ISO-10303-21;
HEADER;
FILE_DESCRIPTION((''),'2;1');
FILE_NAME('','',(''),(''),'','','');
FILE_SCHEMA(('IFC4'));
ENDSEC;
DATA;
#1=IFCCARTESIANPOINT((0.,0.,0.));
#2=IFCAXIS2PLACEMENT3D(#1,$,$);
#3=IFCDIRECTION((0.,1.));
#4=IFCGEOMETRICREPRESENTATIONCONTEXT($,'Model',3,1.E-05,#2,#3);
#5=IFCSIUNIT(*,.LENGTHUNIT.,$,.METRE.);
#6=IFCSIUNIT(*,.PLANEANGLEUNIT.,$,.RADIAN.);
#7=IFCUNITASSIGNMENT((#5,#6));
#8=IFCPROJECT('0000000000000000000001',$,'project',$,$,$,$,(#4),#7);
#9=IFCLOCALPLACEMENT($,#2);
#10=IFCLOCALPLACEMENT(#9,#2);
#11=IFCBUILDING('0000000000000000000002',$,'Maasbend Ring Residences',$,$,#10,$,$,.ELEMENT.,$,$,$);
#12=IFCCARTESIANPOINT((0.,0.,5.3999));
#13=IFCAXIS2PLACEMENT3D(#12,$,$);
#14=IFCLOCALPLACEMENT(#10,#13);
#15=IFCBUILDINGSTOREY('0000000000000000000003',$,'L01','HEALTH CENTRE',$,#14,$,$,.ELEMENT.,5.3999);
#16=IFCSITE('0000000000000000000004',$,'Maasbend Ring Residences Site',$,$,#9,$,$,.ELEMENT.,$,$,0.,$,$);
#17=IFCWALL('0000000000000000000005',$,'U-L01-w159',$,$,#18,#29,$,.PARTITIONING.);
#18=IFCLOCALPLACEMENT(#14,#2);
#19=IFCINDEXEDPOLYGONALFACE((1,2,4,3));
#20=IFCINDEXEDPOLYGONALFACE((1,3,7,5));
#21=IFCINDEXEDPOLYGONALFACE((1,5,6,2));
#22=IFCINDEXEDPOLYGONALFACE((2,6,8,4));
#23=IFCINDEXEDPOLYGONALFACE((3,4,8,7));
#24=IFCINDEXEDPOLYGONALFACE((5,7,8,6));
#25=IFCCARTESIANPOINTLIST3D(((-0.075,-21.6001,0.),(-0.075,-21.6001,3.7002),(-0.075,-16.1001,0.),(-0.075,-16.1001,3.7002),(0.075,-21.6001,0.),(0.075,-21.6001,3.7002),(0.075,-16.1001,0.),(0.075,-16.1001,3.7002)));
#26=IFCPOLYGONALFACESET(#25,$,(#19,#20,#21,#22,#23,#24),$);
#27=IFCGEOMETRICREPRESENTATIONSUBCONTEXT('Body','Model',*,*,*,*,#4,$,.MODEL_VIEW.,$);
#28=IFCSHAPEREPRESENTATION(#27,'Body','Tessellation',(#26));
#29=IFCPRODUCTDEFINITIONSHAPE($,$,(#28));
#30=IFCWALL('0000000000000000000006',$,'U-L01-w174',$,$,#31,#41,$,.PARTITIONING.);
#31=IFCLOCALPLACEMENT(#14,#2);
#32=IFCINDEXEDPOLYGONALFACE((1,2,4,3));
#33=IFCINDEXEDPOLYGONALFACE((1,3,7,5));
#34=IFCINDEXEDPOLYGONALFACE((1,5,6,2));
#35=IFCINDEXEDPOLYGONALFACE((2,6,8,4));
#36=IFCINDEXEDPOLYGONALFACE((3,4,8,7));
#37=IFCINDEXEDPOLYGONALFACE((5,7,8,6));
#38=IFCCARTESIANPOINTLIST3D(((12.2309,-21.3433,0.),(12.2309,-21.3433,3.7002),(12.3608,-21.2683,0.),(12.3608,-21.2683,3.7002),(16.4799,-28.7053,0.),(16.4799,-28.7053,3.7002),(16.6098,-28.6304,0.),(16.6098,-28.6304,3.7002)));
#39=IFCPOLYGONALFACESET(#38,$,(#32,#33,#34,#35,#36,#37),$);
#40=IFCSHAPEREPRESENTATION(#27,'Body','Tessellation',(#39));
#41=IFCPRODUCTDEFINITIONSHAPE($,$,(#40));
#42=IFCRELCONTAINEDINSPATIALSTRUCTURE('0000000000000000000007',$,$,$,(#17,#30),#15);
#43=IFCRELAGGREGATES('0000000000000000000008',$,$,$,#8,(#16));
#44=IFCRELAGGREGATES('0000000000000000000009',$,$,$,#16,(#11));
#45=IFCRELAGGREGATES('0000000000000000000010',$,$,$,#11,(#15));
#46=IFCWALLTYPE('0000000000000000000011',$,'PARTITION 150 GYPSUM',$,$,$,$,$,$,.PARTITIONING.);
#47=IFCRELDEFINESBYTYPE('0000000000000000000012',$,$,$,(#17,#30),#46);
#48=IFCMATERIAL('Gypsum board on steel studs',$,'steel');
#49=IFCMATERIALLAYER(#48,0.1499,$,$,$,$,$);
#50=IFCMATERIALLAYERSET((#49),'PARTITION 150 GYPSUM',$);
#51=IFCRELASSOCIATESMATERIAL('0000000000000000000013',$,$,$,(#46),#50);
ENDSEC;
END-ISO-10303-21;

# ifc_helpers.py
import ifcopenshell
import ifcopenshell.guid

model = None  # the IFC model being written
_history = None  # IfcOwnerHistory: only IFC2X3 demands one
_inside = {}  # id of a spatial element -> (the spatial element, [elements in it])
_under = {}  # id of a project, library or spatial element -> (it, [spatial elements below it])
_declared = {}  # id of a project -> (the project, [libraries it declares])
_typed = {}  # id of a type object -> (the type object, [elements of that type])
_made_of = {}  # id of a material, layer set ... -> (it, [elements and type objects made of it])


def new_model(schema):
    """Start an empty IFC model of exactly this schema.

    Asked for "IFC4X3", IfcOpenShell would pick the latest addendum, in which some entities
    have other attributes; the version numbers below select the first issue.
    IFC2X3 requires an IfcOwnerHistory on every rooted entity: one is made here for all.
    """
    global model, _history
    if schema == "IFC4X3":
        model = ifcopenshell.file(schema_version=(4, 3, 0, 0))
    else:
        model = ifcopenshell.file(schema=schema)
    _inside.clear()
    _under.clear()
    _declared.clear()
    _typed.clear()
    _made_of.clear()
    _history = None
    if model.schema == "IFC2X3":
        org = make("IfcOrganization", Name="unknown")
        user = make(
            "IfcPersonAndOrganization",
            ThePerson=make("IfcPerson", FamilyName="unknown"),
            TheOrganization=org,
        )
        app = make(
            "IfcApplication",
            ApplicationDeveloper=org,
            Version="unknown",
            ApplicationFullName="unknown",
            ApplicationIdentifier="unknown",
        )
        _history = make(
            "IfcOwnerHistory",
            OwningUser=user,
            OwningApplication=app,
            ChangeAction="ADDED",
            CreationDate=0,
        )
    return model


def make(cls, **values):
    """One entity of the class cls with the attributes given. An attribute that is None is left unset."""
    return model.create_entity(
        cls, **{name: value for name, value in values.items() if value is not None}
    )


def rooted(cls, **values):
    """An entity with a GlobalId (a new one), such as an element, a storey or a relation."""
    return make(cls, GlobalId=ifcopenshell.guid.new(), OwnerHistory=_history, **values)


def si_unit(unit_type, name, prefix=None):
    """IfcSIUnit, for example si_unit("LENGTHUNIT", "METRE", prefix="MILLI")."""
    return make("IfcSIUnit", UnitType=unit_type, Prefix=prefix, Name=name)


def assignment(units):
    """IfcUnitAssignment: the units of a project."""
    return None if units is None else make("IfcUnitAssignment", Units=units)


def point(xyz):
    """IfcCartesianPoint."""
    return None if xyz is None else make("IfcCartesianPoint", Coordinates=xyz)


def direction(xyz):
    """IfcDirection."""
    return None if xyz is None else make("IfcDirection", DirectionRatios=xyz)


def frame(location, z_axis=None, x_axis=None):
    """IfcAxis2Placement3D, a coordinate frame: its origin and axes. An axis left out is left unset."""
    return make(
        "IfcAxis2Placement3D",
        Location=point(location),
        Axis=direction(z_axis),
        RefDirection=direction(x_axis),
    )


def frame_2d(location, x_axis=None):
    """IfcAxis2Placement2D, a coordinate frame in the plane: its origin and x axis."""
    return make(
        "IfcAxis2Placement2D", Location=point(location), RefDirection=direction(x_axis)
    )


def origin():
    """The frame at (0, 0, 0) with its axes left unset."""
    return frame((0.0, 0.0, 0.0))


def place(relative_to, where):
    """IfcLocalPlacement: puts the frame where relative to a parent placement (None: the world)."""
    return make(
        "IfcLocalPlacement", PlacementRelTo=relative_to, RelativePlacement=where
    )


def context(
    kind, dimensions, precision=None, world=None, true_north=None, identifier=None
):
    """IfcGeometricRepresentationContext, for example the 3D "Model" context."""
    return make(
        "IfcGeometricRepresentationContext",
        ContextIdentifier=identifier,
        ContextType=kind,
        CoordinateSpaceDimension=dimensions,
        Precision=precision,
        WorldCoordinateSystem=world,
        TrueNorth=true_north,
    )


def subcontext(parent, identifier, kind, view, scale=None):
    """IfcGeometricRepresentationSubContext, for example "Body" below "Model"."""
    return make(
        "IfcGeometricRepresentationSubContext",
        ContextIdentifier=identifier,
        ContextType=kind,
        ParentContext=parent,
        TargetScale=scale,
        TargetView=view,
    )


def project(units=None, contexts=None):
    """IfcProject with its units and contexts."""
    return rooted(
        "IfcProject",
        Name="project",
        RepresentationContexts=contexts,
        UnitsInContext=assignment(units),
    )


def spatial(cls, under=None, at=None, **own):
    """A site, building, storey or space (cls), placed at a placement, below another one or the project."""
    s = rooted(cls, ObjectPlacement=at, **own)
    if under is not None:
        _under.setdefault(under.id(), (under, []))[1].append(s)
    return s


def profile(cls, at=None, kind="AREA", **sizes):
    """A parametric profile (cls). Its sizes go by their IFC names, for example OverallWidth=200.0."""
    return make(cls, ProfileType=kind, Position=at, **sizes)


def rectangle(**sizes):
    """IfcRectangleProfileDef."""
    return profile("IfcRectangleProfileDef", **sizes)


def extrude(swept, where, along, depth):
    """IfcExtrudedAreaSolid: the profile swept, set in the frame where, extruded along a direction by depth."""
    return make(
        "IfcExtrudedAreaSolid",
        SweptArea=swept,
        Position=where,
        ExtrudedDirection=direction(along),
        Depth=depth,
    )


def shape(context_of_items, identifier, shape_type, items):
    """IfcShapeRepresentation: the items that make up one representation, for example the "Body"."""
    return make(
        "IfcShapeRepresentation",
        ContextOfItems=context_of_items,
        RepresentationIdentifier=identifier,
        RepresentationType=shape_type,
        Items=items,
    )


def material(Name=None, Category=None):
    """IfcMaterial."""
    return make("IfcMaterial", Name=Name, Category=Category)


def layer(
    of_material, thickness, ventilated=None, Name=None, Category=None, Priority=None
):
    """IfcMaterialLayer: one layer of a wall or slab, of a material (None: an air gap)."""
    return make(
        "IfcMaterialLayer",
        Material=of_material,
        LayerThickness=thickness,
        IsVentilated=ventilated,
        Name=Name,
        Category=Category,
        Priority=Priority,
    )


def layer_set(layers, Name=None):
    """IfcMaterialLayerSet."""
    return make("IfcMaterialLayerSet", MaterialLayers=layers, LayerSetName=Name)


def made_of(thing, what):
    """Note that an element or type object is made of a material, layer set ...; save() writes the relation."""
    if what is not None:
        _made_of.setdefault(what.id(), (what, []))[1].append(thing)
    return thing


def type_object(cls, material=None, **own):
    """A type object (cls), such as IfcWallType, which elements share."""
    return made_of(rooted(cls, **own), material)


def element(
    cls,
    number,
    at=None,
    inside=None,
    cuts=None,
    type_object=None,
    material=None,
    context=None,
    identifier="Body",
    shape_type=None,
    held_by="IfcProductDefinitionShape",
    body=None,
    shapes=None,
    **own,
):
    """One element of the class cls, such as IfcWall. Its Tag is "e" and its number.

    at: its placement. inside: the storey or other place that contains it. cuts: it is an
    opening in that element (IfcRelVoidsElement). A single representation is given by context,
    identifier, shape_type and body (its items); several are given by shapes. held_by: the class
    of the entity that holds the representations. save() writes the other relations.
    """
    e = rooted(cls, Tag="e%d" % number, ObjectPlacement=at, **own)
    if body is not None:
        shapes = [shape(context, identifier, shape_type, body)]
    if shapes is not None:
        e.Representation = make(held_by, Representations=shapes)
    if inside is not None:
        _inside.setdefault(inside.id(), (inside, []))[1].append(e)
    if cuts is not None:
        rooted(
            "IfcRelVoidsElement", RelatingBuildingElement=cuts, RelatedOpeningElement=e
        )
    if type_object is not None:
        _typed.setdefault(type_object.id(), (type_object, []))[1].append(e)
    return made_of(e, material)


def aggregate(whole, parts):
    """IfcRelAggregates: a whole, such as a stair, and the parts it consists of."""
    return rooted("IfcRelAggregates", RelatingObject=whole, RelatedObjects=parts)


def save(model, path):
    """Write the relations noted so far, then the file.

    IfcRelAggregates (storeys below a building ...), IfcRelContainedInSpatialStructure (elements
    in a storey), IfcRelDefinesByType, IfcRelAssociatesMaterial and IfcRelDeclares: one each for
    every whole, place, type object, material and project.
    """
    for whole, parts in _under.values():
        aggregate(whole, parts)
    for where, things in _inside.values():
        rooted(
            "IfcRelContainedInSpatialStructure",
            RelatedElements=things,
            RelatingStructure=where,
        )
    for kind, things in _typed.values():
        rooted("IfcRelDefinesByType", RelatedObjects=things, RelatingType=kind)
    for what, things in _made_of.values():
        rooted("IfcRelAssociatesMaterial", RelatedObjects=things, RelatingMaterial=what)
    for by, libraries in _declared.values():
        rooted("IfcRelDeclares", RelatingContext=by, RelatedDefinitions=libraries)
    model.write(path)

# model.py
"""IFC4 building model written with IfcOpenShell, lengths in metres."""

from ifc_helpers import new_model, si_unit, direction, frame, frame_2d, origin, place, context, subcontext, project, spatial, rectangle, extrude, material, layer, layer_set, type_object, element, save


model = new_model("IFC4")

# Units and contexts
model_context = context("Model", 3, precision=1e-05, world=origin(), true_north=direction((0.0, 1.0)))
body_context = subcontext(model_context, "Body", "Model", "MODEL_VIEW")
ifc_project = project(units=[si_unit("LENGTHUNIT", "METRE"), si_unit("PLANEANGLEUNIT", "RADIAN")], contexts=[model_context])

# Site, building, storey
site_placement = place(None, origin())
site = spatial("IfcSite", under=ifc_project, at=site_placement, Name="Maasbend Ring Residences Site", CompositionType="ELEMENT", RefElevation=0.0)
building_placement = place(site_placement, origin())
building = spatial("IfcBuilding", under=site, at=building_placement, Name="Maasbend Ring Residences", CompositionType="ELEMENT")
storey_placement = place(building_placement, frame((0.0, 0.0, 5.3999)))
storey = spatial("IfcBuildingStorey", under=building, at=storey_placement, Name="L01", Description="HEALTH CENTRE", CompositionType="ELEMENT", Elevation=5.3999)

# Walls
ifc_material_1 = material(Name="Gypsum board on steel studs", Category="steel")
ifc_layer_1 = layer(ifc_material_1, 0.1499)
ifc_layer_set_1 = layer_set([ifc_layer_1], Name="PARTITION 150 GYPSUM")
wall_type_1 = type_object("IfcWallType", Name="PARTITION 150 GYPSUM", PredefinedType="PARTITIONING", material=ifc_layer_set_1)
wall_1_placement = place(storey_placement, frame((0.0, -21.6001, 0.0), z_axis=(0.0, 0.0, 1.0), x_axis=(0.0, 1.0, 0.0)))
element("IfcWall", 1, at=wall_1_placement, inside=storey, type_object=wall_type_1, Name="U-L01-w159", PredefinedType="PARTITIONING", context=body_context, shape_type="SweptSolid", body=[
    extrude(rectangle(XDim=5.5, YDim=0.1499, at=frame_2d((2.75, 0.0))), origin(), (0.0, 0.0, 1.0), 3.7002),
])
wall_2_placement = place(storey_placement, frame((12.2959, -21.3059, 0.0), z_axis=(0.0, 0.0, 1.0), x_axis=(0.499871, -0.8661, 0.0)))
element("IfcWall", 2, at=wall_2_placement, inside=storey, type_object=wall_type_1, Name="U-L01-w174", PredefinedType="PARTITIONING", context=body_context, shape_type="SweptSolid", body=[
    extrude(rectangle(XDim=8.5002, YDim=0.1499, at=frame_2d((4.25, 0.0))), origin(), (0.0, 0.0, 1.0), 3.7002),
])

save(model, "model.ifc")
